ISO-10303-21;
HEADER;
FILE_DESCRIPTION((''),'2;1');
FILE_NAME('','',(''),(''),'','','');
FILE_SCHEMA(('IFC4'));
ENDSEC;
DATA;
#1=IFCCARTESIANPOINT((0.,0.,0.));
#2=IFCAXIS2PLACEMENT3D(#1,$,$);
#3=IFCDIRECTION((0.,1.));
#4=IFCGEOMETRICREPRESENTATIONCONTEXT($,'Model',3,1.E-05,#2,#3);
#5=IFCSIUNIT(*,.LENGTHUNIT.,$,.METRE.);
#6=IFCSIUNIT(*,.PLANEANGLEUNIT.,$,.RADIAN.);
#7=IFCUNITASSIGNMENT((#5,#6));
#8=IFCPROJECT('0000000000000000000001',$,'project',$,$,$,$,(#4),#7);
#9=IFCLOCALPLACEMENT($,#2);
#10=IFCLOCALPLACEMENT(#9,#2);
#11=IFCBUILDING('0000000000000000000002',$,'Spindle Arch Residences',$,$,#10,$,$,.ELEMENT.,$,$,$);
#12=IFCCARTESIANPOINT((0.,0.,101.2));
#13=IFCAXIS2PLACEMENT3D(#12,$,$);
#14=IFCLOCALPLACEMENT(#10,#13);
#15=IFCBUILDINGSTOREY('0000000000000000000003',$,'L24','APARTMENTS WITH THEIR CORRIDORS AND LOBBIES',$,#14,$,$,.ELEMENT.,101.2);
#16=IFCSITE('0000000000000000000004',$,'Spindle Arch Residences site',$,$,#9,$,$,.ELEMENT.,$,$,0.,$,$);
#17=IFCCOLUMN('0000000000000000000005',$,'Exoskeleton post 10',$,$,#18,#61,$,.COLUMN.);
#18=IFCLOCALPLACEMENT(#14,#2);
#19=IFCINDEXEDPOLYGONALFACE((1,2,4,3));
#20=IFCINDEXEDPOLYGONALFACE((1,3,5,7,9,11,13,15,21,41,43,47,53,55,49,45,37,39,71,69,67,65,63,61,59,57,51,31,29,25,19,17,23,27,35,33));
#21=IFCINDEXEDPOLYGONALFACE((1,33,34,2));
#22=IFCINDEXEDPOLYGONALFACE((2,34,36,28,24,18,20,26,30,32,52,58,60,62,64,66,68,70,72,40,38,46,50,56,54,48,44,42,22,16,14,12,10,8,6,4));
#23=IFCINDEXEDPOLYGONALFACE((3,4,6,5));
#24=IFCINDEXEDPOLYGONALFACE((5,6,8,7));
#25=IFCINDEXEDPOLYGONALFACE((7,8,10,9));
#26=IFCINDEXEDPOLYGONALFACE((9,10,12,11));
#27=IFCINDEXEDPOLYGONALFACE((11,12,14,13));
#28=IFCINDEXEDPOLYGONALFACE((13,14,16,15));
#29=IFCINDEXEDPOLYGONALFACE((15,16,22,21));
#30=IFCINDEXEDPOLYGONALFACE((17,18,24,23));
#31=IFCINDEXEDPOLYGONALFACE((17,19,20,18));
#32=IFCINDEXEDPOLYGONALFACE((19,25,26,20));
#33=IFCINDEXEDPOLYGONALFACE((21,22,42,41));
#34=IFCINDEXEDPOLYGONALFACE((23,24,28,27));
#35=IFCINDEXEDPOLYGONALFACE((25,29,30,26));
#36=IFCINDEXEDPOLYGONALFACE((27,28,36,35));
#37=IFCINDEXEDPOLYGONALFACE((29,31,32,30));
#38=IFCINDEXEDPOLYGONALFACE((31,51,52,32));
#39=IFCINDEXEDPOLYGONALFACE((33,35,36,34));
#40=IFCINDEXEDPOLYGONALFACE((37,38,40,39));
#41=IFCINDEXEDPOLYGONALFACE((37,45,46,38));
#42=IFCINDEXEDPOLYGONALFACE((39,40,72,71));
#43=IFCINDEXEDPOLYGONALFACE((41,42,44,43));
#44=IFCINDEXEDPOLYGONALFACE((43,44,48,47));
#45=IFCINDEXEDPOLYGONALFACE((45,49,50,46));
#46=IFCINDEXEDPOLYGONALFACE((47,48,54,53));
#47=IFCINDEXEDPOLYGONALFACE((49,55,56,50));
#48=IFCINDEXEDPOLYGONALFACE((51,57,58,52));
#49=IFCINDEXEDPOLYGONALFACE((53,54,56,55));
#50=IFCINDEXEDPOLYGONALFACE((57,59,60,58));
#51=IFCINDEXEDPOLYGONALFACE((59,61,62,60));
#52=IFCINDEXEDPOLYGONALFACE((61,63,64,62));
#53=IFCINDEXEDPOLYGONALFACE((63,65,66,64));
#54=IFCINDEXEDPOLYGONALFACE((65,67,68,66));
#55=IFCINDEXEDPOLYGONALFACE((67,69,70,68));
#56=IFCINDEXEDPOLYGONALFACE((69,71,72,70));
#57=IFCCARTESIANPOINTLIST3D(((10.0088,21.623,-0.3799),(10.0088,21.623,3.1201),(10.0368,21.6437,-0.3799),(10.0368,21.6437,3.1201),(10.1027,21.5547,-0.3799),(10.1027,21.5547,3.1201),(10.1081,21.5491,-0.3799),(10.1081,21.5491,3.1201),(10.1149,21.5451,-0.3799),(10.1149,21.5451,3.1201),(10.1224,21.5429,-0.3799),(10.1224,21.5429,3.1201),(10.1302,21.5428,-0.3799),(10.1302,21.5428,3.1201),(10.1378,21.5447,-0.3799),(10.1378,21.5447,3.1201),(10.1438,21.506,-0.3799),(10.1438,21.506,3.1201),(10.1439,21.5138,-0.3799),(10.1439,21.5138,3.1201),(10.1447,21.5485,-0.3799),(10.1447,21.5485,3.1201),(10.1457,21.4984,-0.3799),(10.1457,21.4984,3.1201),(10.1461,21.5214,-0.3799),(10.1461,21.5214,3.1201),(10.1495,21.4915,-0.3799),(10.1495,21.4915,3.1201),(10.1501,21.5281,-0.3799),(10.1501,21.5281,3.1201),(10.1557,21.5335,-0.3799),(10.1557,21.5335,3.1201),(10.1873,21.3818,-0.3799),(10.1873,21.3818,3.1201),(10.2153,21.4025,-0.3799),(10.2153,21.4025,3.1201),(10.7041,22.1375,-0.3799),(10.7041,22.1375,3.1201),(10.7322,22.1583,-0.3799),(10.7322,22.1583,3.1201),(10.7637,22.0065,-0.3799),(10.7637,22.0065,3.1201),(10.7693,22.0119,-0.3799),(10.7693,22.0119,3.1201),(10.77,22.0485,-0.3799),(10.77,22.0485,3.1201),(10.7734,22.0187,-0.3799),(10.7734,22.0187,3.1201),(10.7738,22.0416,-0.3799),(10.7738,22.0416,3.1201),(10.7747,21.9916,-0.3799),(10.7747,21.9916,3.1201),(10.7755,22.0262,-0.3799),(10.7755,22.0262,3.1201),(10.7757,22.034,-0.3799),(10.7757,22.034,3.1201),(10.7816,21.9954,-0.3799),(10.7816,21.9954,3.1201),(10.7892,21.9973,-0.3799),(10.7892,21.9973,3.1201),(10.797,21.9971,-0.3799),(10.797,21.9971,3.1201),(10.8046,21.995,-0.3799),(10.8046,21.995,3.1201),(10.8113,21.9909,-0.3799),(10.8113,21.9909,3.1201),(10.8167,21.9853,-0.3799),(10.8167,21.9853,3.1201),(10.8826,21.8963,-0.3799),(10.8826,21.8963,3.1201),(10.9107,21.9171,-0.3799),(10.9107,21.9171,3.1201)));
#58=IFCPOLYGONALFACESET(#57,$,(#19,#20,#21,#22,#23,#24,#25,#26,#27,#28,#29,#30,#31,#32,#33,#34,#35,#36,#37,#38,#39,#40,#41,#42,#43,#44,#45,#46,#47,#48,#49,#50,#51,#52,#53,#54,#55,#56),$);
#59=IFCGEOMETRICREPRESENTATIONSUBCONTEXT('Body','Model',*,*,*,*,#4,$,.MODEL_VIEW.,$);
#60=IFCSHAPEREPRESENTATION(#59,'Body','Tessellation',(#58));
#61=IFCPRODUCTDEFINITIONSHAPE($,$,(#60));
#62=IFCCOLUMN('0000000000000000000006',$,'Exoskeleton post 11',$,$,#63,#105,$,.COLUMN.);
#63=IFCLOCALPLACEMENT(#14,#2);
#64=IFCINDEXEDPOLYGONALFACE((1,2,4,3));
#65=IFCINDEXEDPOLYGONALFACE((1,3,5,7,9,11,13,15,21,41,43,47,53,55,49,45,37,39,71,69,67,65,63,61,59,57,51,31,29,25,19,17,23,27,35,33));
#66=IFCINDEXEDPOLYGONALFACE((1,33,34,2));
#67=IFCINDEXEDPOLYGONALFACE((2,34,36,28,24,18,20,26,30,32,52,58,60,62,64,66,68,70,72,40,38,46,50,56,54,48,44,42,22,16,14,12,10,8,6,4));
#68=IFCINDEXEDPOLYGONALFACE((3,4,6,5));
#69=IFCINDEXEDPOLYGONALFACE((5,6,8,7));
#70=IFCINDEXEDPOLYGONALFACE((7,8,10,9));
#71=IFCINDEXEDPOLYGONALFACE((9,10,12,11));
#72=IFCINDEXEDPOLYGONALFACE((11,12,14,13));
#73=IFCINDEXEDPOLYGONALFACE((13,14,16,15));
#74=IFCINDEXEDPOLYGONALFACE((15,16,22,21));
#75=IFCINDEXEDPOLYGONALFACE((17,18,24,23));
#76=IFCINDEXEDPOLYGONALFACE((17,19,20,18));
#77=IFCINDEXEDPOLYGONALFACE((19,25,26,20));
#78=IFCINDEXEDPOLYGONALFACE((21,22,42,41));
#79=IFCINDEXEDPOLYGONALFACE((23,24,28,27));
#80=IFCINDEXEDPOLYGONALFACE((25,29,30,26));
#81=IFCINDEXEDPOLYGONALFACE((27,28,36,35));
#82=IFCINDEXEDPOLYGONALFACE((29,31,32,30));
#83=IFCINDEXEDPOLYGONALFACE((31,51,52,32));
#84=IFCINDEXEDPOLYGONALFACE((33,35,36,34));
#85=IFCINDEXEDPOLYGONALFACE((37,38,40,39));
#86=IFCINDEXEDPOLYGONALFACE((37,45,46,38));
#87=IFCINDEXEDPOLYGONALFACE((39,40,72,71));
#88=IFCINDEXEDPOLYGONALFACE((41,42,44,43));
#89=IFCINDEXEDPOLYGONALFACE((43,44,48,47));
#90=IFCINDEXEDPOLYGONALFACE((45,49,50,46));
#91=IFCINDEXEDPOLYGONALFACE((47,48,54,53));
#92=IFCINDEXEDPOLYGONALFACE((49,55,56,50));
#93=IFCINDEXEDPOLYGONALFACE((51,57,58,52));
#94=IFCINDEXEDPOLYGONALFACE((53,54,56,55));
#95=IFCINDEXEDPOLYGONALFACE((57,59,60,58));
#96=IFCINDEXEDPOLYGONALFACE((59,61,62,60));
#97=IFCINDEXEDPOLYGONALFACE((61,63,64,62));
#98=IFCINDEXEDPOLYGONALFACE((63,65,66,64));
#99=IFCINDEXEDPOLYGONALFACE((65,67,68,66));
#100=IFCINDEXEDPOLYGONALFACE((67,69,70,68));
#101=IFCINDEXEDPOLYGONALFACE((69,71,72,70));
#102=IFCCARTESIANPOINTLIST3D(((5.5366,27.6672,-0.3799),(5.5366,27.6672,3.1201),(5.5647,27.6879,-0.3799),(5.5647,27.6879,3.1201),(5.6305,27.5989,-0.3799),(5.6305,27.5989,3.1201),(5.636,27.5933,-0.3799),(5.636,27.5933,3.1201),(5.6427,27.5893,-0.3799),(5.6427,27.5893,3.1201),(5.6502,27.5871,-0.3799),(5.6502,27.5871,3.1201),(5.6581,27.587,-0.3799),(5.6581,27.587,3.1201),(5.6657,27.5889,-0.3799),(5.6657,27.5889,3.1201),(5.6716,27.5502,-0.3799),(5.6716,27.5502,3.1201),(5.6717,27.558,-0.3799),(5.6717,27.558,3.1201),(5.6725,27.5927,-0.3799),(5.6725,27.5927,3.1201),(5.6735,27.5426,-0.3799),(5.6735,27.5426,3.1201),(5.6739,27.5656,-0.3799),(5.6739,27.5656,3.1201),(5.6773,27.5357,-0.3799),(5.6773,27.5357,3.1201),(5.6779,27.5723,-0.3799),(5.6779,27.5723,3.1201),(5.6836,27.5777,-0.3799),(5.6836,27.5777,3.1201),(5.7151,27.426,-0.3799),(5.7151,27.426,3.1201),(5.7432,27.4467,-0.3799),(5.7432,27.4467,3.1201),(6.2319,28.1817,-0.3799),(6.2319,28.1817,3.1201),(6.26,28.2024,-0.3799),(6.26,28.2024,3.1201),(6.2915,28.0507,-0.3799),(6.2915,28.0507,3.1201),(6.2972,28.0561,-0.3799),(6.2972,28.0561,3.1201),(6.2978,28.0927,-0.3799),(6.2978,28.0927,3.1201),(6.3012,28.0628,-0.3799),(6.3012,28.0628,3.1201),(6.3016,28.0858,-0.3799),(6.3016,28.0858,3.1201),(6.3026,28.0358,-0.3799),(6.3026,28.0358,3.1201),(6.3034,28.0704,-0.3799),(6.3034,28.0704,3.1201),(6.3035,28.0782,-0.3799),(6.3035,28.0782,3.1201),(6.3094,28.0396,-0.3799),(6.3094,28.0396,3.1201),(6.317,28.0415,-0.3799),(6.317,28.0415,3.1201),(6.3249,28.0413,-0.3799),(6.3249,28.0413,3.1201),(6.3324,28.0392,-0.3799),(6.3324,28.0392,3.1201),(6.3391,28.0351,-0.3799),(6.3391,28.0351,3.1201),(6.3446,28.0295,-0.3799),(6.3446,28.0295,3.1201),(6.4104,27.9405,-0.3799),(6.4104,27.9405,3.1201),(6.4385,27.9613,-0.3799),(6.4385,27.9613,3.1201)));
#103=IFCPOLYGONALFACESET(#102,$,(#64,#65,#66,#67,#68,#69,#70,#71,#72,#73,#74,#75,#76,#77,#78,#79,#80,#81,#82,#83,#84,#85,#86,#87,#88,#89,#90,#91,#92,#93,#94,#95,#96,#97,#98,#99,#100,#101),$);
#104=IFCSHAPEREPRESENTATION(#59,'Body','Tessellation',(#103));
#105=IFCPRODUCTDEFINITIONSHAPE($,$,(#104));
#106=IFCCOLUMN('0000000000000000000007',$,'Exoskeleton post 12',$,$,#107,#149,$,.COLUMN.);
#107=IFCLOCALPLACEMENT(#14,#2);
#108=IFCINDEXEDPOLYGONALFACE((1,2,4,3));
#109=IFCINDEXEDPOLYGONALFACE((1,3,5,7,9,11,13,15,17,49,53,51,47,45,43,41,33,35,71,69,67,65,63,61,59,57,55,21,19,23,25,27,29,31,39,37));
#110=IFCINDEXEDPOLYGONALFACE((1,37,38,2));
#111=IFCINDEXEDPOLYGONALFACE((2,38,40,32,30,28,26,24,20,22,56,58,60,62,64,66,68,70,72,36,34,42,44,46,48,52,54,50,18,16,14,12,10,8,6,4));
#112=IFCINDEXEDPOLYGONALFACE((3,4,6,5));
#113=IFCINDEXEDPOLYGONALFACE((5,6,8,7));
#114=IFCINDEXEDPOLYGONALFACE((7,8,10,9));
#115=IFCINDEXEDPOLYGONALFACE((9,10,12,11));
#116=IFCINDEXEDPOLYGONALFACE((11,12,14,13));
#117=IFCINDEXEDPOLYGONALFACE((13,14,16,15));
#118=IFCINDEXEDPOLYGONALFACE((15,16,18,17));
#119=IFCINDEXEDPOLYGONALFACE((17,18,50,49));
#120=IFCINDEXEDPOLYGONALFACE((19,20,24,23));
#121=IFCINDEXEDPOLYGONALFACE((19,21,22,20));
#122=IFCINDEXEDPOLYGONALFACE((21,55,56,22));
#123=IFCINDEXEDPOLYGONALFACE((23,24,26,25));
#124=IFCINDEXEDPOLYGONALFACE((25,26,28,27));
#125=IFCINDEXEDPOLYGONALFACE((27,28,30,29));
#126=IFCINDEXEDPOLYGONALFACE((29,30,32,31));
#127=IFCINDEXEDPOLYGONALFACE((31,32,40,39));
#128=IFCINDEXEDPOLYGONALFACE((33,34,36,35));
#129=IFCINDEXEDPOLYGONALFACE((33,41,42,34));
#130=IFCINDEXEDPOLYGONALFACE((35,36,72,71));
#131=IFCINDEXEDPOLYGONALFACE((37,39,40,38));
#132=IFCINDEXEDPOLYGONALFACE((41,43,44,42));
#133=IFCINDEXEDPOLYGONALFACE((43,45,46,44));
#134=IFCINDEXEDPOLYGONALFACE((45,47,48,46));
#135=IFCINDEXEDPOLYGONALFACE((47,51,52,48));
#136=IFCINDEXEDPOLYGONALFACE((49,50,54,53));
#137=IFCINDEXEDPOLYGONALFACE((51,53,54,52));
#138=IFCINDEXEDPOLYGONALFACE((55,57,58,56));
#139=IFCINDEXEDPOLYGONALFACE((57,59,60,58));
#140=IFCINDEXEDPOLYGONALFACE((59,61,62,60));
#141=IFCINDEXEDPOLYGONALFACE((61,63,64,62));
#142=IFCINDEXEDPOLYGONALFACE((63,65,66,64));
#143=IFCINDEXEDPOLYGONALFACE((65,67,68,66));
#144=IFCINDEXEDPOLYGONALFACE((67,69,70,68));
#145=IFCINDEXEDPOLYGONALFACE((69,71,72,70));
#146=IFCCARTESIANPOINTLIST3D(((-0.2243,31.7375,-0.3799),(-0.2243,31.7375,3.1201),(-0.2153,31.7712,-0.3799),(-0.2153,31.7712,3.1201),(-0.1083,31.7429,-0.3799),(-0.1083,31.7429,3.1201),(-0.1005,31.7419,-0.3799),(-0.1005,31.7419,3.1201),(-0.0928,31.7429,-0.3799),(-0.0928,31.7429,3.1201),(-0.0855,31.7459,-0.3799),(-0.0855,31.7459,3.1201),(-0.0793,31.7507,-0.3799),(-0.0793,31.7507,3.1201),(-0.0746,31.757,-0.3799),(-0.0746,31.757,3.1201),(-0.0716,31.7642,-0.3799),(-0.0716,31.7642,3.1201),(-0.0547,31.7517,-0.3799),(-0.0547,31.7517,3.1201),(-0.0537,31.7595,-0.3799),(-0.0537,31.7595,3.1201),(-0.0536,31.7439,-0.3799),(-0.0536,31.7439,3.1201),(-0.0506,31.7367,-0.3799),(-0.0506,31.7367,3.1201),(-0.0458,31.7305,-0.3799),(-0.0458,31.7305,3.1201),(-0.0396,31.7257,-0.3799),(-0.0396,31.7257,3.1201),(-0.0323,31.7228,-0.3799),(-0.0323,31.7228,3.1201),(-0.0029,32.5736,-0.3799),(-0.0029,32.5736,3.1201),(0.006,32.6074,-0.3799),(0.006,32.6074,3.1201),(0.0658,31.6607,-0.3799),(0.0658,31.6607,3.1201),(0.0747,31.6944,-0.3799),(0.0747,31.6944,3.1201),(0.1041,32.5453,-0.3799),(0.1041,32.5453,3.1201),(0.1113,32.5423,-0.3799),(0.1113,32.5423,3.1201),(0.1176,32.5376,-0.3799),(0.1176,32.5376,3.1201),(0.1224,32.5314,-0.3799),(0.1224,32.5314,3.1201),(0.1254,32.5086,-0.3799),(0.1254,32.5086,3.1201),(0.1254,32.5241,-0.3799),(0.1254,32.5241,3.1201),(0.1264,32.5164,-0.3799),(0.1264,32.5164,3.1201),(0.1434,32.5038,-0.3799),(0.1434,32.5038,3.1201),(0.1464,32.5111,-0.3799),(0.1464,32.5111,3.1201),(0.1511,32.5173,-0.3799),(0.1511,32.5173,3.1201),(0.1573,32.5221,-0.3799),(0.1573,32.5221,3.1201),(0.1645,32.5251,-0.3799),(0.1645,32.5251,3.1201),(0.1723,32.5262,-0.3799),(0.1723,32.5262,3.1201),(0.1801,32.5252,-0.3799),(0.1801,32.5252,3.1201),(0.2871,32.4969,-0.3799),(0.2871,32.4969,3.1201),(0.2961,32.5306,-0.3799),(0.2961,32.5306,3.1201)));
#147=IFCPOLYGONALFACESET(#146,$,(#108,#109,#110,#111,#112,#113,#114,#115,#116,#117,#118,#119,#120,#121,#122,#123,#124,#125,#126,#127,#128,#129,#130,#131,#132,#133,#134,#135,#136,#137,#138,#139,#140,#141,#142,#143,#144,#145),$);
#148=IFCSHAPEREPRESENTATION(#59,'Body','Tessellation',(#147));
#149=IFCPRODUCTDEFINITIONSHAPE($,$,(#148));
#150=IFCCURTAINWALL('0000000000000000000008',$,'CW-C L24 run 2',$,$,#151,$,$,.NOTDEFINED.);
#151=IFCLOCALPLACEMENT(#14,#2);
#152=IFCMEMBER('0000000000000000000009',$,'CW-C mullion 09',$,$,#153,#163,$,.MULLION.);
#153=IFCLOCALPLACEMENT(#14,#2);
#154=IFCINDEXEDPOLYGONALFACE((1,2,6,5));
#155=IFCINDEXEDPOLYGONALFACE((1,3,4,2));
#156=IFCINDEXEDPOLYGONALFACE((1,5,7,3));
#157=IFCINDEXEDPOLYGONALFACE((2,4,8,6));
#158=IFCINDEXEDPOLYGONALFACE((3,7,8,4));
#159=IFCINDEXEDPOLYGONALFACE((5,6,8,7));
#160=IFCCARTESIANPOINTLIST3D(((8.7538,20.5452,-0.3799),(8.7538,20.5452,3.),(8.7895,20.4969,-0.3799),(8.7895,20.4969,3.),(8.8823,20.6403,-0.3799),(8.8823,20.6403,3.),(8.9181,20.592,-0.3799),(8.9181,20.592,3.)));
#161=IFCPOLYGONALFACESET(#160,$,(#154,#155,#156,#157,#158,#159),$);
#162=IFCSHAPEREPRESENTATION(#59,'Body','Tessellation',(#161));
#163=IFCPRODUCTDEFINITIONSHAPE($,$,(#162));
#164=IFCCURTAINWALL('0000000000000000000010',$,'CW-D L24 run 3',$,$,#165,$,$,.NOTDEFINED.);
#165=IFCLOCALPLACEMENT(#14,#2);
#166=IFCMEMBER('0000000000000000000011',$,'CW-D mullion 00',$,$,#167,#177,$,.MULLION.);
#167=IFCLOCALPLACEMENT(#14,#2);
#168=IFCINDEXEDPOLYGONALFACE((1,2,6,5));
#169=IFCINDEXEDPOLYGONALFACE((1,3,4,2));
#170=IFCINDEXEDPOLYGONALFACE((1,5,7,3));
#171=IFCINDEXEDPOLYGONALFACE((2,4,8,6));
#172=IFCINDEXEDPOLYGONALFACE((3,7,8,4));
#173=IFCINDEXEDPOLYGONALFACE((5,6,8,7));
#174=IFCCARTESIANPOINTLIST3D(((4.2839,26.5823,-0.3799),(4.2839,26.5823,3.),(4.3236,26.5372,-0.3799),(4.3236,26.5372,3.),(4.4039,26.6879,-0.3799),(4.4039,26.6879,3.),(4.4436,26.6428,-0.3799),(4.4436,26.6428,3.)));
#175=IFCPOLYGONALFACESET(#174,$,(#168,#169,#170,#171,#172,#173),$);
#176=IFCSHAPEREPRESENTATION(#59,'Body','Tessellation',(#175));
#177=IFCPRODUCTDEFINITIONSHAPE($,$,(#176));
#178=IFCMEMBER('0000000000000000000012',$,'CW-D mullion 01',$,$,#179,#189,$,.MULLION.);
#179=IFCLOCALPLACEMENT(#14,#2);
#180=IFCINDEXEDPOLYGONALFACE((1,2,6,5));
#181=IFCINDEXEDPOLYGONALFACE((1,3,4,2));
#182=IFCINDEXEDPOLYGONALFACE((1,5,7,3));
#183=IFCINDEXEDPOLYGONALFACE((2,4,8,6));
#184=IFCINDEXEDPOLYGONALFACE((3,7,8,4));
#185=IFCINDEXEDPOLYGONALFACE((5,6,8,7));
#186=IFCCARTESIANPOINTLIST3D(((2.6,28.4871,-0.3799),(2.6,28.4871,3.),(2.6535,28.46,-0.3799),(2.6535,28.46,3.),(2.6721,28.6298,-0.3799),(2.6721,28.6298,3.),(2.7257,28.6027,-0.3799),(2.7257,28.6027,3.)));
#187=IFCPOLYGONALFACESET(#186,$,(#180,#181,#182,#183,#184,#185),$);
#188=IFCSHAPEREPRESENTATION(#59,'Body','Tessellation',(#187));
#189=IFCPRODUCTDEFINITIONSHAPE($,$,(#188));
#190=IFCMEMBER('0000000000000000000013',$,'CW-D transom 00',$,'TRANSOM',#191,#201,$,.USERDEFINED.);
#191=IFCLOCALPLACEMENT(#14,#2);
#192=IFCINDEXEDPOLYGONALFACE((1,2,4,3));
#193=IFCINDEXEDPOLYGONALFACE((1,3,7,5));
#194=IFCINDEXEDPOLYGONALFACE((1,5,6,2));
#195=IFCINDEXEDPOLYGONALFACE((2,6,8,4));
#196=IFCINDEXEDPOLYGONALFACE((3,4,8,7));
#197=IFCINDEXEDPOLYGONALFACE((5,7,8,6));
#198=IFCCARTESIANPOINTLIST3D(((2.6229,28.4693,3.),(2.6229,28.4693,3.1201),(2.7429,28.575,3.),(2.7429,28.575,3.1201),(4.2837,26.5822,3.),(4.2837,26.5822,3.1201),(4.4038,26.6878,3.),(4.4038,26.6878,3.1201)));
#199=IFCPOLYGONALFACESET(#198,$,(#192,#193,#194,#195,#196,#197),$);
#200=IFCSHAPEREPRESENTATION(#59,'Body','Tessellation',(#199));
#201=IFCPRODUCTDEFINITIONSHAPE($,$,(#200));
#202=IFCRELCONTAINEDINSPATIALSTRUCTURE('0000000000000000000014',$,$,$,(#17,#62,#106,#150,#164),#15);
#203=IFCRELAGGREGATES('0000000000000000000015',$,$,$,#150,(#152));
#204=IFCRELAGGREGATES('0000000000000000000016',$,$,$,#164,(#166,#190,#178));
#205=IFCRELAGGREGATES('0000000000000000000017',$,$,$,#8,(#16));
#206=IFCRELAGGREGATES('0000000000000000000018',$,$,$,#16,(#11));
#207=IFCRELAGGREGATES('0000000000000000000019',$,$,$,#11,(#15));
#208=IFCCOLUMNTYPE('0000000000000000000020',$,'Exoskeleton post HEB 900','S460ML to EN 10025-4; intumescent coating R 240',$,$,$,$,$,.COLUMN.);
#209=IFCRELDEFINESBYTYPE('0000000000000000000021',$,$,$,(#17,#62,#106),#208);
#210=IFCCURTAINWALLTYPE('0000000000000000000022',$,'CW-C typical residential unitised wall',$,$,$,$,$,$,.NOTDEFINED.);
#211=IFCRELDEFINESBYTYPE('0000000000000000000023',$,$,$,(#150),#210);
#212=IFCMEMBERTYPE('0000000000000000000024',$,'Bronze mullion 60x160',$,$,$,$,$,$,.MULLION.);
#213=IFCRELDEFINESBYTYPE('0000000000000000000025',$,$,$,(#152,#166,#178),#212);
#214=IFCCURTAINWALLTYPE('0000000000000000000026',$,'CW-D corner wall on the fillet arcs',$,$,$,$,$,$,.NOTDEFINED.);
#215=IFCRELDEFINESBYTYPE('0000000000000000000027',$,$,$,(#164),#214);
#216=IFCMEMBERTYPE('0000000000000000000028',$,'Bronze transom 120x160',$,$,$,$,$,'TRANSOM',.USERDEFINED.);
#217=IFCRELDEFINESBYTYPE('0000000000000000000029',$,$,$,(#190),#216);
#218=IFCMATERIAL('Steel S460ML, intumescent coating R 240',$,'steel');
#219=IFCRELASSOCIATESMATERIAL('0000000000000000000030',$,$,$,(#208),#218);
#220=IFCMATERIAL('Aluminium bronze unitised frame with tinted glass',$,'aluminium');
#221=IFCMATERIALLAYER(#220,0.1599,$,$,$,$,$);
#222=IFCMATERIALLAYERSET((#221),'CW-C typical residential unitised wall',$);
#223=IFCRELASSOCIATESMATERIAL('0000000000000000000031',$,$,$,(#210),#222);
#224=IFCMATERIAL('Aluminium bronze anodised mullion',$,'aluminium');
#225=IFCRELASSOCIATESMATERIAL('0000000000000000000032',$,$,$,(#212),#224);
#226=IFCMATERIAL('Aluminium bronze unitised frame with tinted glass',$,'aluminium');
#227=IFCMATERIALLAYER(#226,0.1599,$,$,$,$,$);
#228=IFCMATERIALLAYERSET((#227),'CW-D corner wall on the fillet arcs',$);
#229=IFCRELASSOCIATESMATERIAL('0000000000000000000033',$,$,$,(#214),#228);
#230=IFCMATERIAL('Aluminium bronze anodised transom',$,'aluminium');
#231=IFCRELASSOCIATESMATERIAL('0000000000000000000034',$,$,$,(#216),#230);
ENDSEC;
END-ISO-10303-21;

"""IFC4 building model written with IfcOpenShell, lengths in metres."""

from ifc_helpers import new_model, si_unit, direction, frame, origin, origin_2d, place, context, subcontext, project, spatial, rectangle, i_section, extrude, material, layer, layer_set, material_profile, profile_set, type_object, element, aggregate, save


model = new_model("IFC4")

# Units and contexts
model_context = context("Model", 3, precision=1e-05, world=origin(), true_north=direction((0.0, 1.0)))
body_context = subcontext(model_context, "Body", "Model", "MODEL_VIEW")
ifc_project = project(units=[si_unit("LENGTHUNIT", "METRE"), si_unit("PLANEANGLEUNIT", "RADIAN")], contexts=[model_context])

# Site, building, storey
site_placement = place(None, origin())
site = spatial("IfcSite", under=ifc_project, at=site_placement, Name="Spindle Arch Residences site", CompositionType="ELEMENT", RefElevation=0.0)
building_placement = place(site_placement, origin())
building = spatial("IfcBuilding", under=site, at=building_placement, Name="Spindle Arch Residences", CompositionType="ELEMENT")
storey_placement = place(building_placement, frame((0.0, 0.0, 101.2)))
storey = spatial("IfcBuildingStorey", under=building, at=storey_placement, Name="L24", Description="APARTMENTS WITH THEIR CORRIDORS AND LOBBIES", CompositionType="ELEMENT", Elevation=101.2)

# Columns
ifc_material_1 = material(Name="Steel S460ML, intumescent coating R 240", Category="steel")
ifc_material_profile_1 = material_profile(ifc_material_1, i_section(OverallWidth=0.3, OverallDepth=0.8999, WebThickness=0.0186, FlangeThickness=0.0349, FilletRadius=0.03, at=origin_2d()), Name="HEB 900")
ifc_profile_set_1 = profile_set([ifc_material_profile_1], Name="Steel S460ML, intumescent coating R 240")
column_type = type_object("IfcColumnType", Name="Exoskeleton post HEB 900", Description="S460ML to EN 10025-4; intumescent coating R 240", PredefinedType="COLUMN", material=ifc_profile_set_1)
for number, where, z_axis, x_axis, name in (
    (1, (10.4597, 21.77, -0.3799), (0.0, 0.0, 1.0), (0.594823, -0.803857, 0.0), "Exoskeleton post 10"),
    (2, (5.9875, 27.8142, -0.3799), (0.0, 0.0, 1.0), (0.594823, -0.803857, 0.0), "Exoskeleton post 11"),
    (3, (0.0359, 32.134, -0.3799), (0.0, 0.0, 1.0), (0.966705, -0.255894, 0.0), "Exoskeleton post 12"),
):
    element("IfcColumn", number, at=place(storey_placement, frame(where, z_axis=z_axis, x_axis=x_axis)), inside=storey, type_object=column_type, Name=name, PredefinedType="COLUMN", context=body_context, shape_type="SweptSolid", body=[
        extrude(i_section(OverallWidth=0.3, OverallDepth=0.8999, WebThickness=0.0186, FlangeThickness=0.0349, FilletRadius=0.03, at=origin_2d()), origin(), (0.0, 0.0, 1.0), 3.5),
    ])

# Curtain wall, member
ifc_material_2 = material(Name="Aluminium bronze unitised frame with tinted glass", Category="aluminium")
ifc_layer_1 = layer(ifc_material_2, 0.1599)
ifc_layer_set_1 = layer_set([ifc_layer_1], Name="CW-C typical residential unitised wall")
curtain_wall_type_1 = type_object("IfcCurtainWallType", Name="CW-C typical residential unitised wall", PredefinedType="NOTDEFINED", material=ifc_layer_set_1)
curtain_wall_1_placement = place(storey_placement, origin())
curtain_wall_1 = element("IfcCurtainWall", 4, at=curtain_wall_1_placement, inside=storey, type_object=curtain_wall_type_1, Name="CW-C L24 run 2", PredefinedType="NOTDEFINED")
ifc_material_3 = material(Name="Aluminium bronze anodised mullion", Category="aluminium")
ifc_material_profile_2 = material_profile(ifc_material_3, rectangle(XDim=0.1599, YDim=0.0601, at=origin_2d()), Name="MU 60x160")
ifc_profile_set_2 = profile_set([ifc_material_profile_2], Name="Aluminium bronze anodised mullion")
member_type_1 = type_object("IfcMemberType", Name="Bronze mullion 60x160", PredefinedType="MULLION", material=ifc_profile_set_2)
member_1_placement = place(storey_placement, frame((8.8359, 20.5686, -0.3799), z_axis=(0.0, 0.0, 1.0), x_axis=(-0.803857, -0.594823, 0.0)))
member_1 = element("IfcMember", 5, at=member_1_placement, type_object=member_type_1, Name="CW-C mullion 09", PredefinedType="MULLION", context=body_context, shape_type="SweptSolid", body=[
    extrude(rectangle(XDim=0.1599, YDim=0.0601, at=origin_2d()), origin(), (0.0, 0.0, 1.0), 3.3799),
])

# Curtain wall, members
ifc_material_4 = material(Name="Aluminium bronze unitised frame with tinted glass", Category="aluminium")
ifc_layer_2 = layer(ifc_material_4, 0.1599)
ifc_layer_set_2 = layer_set([ifc_layer_2], Name="CW-D corner wall on the fillet arcs")
curtain_wall_type_2 = type_object("IfcCurtainWallType", Name="CW-D corner wall on the fillet arcs", PredefinedType="NOTDEFINED", material=ifc_layer_set_2)
curtain_wall_2_placement = place(storey_placement, origin())
curtain_wall_2 = element("IfcCurtainWall", 6, at=curtain_wall_2_placement, inside=storey, type_object=curtain_wall_type_2, Name="CW-D L24 run 3", PredefinedType="NOTDEFINED")
member_2_placement = place(storey_placement, frame((4.3638, 26.6125, -0.3799), z_axis=(0.0, 0.0, 1.0), x_axis=(-0.750647, -0.660704, 0.0)))
member_2 = element("IfcMember", 7, at=member_2_placement, type_object=member_type_1, Name="CW-D mullion 00", PredefinedType="MULLION", context=body_context, shape_type="SweptSolid", body=[
    extrude(rectangle(XDim=0.1599, YDim=0.0601, at=origin_2d()), origin(), (0.0, 0.0, 1.0), 3.3799),
])
member_3_placement = place(storey_placement, frame((2.6628, 28.5449, -0.3799), z_axis=(0.0, 0.0, 1.0), x_axis=(-0.451397, -0.892323, 0.0)))
member_3 = element("IfcMember", 8, at=member_3_placement, type_object=member_type_1, Name="CW-D mullion 01", PredefinedType="MULLION", context=body_context, shape_type="SweptSolid", body=[
    extrude(rectangle(XDim=0.1599, YDim=0.0601, at=origin_2d()), origin(), (0.0, 0.0, 1.0), 3.3799),
])
ifc_material_5 = material(Name="Aluminium bronze anodised transom", Category="aluminium")
ifc_material_profile_3 = material_profile(ifc_material_5, rectangle(XDim=0.1599, YDim=0.1201, at=origin_2d()), Name="TR 120x160")
ifc_profile_set_3 = profile_set([ifc_material_profile_3], Name="Aluminium bronze anodised transom")
member_type_2 = type_object("IfcMemberType", Name="Bronze transom 120x160", ElementType="TRANSOM", PredefinedType="USERDEFINED", material=ifc_profile_set_3)
member_4_placement = place(storey_placement, frame((4.3438, 26.635, 3.0601), z_axis=(-0.660661, 0.750685, 0.0), x_axis=(-0.750685, -0.660661, 0.0)))
member_4 = element("IfcMember", 9, at=member_4_placement, type_object=member_type_2, Name="CW-D transom 00", ObjectType="TRANSOM", PredefinedType="USERDEFINED", context=body_context, shape_type="SweptSolid", body=[
    extrude(rectangle(XDim=0.1599, YDim=0.1201, at=origin_2d()), origin(), (0.0, 0.0, 1.0), 2.5139),
])

aggregate(curtain_wall_1, [member_1])
aggregate(curtain_wall_2, [member_2, member_4, member_3])

save(model, "model.ifc")
